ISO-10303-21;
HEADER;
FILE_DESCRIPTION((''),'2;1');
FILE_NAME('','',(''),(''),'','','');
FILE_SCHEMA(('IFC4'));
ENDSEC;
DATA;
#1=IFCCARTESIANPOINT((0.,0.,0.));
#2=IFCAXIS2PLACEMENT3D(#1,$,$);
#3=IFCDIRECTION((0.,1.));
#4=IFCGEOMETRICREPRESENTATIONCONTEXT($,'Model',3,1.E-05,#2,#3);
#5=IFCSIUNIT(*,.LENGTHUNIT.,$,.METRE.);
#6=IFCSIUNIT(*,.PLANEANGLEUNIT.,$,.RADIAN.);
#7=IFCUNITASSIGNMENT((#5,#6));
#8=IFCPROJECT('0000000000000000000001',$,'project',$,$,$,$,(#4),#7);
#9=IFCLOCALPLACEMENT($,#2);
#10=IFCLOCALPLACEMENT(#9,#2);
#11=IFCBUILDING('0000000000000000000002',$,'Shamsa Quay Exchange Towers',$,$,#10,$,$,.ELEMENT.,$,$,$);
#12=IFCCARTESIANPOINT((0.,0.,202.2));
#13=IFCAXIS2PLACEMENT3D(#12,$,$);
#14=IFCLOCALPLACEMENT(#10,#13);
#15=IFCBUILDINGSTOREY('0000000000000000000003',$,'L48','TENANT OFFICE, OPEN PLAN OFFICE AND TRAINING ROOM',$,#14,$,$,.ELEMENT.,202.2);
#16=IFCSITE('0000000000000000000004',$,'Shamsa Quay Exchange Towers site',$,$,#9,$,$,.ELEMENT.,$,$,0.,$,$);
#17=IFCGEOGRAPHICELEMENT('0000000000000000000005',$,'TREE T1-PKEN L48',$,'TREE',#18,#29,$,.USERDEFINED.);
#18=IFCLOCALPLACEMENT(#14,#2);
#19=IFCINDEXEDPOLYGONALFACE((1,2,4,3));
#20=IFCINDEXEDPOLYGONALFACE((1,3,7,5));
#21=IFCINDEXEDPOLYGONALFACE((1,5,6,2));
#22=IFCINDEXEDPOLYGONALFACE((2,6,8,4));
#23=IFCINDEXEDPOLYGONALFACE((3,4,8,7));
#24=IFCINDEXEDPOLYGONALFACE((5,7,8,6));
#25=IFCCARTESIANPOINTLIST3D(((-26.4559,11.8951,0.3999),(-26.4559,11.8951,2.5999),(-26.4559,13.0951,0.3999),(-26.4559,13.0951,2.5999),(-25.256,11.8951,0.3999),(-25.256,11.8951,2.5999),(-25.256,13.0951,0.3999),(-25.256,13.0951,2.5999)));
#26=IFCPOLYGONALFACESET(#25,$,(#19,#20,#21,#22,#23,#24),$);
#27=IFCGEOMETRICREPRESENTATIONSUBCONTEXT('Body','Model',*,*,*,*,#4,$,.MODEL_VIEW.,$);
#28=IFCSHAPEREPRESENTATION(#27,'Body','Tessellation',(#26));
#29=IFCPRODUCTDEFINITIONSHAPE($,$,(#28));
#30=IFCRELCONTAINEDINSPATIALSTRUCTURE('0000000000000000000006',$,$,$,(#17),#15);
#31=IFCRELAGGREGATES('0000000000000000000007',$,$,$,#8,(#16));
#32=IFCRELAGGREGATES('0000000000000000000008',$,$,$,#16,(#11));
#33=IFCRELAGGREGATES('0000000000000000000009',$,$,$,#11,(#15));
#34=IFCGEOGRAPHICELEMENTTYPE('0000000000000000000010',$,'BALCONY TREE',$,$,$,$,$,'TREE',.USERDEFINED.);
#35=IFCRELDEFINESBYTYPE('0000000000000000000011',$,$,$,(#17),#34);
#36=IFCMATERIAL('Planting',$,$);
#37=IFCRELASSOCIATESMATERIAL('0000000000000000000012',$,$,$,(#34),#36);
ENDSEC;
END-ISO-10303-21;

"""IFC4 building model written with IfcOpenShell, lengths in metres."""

from ifc_helpers import new_model, si_unit, direction, frame, origin, origin_2d, place, context, subcontext, project, spatial, rectangle, extrude, material, type_object, element, save


model = new_model("IFC4")

# Units and contexts
model_context = context("Model", 3, precision=1e-05, world=origin(), true_north=direction((0.0, 1.0)))
body_context = subcontext(model_context, "Body", "Model", "MODEL_VIEW")
ifc_project = project(units=[si_unit("LENGTHUNIT", "METRE"), si_unit("PLANEANGLEUNIT", "RADIAN")], contexts=[model_context])

# Site, building, storey
site_placement = place(None, origin())
site = spatial("IfcSite", under=ifc_project, at=site_placement, Name="Shamsa Quay Exchange Towers site", CompositionType="ELEMENT", RefElevation=0.0)
building_placement = place(site_placement, origin())
building = spatial("IfcBuilding", under=site, at=building_placement, Name="Shamsa Quay Exchange Towers", CompositionType="ELEMENT")
storey_placement = place(building_placement, frame((0.0, 0.0, 202.2)))
storey = spatial("IfcBuildingStorey", under=building, at=storey_placement, Name="L48", Description="TENANT OFFICE, OPEN PLAN OFFICE AND TRAINING ROOM", CompositionType="ELEMENT", Elevation=202.2)

# Geographic element
ifc_material_1 = material(Name="Planting")
geographic_element_type = type_object("IfcGeographicElementType", Name="BALCONY TREE", ElementType="TREE", PredefinedType="USERDEFINED", material=ifc_material_1)
geographic_element_placement = place(storey_placement, frame((-25.856, 12.4951, 0.3999), z_axis=(0.0, 0.0, 1.0), x_axis=(-1.0, 0.0, 0.0)))
element("IfcGeographicElement", 1, at=geographic_element_placement, inside=storey, type_object=geographic_element_type, Name="TREE T1-PKEN L48", ObjectType="TREE", PredefinedType="USERDEFINED", context=body_context, shape_type="SweptSolid", body=[
    extrude(rectangle(XDim=1.2, YDim=1.2, at=origin_2d()), origin(), (0.0, 0.0, 1.0), 2.2),
])

save(model, "model.ifc")
